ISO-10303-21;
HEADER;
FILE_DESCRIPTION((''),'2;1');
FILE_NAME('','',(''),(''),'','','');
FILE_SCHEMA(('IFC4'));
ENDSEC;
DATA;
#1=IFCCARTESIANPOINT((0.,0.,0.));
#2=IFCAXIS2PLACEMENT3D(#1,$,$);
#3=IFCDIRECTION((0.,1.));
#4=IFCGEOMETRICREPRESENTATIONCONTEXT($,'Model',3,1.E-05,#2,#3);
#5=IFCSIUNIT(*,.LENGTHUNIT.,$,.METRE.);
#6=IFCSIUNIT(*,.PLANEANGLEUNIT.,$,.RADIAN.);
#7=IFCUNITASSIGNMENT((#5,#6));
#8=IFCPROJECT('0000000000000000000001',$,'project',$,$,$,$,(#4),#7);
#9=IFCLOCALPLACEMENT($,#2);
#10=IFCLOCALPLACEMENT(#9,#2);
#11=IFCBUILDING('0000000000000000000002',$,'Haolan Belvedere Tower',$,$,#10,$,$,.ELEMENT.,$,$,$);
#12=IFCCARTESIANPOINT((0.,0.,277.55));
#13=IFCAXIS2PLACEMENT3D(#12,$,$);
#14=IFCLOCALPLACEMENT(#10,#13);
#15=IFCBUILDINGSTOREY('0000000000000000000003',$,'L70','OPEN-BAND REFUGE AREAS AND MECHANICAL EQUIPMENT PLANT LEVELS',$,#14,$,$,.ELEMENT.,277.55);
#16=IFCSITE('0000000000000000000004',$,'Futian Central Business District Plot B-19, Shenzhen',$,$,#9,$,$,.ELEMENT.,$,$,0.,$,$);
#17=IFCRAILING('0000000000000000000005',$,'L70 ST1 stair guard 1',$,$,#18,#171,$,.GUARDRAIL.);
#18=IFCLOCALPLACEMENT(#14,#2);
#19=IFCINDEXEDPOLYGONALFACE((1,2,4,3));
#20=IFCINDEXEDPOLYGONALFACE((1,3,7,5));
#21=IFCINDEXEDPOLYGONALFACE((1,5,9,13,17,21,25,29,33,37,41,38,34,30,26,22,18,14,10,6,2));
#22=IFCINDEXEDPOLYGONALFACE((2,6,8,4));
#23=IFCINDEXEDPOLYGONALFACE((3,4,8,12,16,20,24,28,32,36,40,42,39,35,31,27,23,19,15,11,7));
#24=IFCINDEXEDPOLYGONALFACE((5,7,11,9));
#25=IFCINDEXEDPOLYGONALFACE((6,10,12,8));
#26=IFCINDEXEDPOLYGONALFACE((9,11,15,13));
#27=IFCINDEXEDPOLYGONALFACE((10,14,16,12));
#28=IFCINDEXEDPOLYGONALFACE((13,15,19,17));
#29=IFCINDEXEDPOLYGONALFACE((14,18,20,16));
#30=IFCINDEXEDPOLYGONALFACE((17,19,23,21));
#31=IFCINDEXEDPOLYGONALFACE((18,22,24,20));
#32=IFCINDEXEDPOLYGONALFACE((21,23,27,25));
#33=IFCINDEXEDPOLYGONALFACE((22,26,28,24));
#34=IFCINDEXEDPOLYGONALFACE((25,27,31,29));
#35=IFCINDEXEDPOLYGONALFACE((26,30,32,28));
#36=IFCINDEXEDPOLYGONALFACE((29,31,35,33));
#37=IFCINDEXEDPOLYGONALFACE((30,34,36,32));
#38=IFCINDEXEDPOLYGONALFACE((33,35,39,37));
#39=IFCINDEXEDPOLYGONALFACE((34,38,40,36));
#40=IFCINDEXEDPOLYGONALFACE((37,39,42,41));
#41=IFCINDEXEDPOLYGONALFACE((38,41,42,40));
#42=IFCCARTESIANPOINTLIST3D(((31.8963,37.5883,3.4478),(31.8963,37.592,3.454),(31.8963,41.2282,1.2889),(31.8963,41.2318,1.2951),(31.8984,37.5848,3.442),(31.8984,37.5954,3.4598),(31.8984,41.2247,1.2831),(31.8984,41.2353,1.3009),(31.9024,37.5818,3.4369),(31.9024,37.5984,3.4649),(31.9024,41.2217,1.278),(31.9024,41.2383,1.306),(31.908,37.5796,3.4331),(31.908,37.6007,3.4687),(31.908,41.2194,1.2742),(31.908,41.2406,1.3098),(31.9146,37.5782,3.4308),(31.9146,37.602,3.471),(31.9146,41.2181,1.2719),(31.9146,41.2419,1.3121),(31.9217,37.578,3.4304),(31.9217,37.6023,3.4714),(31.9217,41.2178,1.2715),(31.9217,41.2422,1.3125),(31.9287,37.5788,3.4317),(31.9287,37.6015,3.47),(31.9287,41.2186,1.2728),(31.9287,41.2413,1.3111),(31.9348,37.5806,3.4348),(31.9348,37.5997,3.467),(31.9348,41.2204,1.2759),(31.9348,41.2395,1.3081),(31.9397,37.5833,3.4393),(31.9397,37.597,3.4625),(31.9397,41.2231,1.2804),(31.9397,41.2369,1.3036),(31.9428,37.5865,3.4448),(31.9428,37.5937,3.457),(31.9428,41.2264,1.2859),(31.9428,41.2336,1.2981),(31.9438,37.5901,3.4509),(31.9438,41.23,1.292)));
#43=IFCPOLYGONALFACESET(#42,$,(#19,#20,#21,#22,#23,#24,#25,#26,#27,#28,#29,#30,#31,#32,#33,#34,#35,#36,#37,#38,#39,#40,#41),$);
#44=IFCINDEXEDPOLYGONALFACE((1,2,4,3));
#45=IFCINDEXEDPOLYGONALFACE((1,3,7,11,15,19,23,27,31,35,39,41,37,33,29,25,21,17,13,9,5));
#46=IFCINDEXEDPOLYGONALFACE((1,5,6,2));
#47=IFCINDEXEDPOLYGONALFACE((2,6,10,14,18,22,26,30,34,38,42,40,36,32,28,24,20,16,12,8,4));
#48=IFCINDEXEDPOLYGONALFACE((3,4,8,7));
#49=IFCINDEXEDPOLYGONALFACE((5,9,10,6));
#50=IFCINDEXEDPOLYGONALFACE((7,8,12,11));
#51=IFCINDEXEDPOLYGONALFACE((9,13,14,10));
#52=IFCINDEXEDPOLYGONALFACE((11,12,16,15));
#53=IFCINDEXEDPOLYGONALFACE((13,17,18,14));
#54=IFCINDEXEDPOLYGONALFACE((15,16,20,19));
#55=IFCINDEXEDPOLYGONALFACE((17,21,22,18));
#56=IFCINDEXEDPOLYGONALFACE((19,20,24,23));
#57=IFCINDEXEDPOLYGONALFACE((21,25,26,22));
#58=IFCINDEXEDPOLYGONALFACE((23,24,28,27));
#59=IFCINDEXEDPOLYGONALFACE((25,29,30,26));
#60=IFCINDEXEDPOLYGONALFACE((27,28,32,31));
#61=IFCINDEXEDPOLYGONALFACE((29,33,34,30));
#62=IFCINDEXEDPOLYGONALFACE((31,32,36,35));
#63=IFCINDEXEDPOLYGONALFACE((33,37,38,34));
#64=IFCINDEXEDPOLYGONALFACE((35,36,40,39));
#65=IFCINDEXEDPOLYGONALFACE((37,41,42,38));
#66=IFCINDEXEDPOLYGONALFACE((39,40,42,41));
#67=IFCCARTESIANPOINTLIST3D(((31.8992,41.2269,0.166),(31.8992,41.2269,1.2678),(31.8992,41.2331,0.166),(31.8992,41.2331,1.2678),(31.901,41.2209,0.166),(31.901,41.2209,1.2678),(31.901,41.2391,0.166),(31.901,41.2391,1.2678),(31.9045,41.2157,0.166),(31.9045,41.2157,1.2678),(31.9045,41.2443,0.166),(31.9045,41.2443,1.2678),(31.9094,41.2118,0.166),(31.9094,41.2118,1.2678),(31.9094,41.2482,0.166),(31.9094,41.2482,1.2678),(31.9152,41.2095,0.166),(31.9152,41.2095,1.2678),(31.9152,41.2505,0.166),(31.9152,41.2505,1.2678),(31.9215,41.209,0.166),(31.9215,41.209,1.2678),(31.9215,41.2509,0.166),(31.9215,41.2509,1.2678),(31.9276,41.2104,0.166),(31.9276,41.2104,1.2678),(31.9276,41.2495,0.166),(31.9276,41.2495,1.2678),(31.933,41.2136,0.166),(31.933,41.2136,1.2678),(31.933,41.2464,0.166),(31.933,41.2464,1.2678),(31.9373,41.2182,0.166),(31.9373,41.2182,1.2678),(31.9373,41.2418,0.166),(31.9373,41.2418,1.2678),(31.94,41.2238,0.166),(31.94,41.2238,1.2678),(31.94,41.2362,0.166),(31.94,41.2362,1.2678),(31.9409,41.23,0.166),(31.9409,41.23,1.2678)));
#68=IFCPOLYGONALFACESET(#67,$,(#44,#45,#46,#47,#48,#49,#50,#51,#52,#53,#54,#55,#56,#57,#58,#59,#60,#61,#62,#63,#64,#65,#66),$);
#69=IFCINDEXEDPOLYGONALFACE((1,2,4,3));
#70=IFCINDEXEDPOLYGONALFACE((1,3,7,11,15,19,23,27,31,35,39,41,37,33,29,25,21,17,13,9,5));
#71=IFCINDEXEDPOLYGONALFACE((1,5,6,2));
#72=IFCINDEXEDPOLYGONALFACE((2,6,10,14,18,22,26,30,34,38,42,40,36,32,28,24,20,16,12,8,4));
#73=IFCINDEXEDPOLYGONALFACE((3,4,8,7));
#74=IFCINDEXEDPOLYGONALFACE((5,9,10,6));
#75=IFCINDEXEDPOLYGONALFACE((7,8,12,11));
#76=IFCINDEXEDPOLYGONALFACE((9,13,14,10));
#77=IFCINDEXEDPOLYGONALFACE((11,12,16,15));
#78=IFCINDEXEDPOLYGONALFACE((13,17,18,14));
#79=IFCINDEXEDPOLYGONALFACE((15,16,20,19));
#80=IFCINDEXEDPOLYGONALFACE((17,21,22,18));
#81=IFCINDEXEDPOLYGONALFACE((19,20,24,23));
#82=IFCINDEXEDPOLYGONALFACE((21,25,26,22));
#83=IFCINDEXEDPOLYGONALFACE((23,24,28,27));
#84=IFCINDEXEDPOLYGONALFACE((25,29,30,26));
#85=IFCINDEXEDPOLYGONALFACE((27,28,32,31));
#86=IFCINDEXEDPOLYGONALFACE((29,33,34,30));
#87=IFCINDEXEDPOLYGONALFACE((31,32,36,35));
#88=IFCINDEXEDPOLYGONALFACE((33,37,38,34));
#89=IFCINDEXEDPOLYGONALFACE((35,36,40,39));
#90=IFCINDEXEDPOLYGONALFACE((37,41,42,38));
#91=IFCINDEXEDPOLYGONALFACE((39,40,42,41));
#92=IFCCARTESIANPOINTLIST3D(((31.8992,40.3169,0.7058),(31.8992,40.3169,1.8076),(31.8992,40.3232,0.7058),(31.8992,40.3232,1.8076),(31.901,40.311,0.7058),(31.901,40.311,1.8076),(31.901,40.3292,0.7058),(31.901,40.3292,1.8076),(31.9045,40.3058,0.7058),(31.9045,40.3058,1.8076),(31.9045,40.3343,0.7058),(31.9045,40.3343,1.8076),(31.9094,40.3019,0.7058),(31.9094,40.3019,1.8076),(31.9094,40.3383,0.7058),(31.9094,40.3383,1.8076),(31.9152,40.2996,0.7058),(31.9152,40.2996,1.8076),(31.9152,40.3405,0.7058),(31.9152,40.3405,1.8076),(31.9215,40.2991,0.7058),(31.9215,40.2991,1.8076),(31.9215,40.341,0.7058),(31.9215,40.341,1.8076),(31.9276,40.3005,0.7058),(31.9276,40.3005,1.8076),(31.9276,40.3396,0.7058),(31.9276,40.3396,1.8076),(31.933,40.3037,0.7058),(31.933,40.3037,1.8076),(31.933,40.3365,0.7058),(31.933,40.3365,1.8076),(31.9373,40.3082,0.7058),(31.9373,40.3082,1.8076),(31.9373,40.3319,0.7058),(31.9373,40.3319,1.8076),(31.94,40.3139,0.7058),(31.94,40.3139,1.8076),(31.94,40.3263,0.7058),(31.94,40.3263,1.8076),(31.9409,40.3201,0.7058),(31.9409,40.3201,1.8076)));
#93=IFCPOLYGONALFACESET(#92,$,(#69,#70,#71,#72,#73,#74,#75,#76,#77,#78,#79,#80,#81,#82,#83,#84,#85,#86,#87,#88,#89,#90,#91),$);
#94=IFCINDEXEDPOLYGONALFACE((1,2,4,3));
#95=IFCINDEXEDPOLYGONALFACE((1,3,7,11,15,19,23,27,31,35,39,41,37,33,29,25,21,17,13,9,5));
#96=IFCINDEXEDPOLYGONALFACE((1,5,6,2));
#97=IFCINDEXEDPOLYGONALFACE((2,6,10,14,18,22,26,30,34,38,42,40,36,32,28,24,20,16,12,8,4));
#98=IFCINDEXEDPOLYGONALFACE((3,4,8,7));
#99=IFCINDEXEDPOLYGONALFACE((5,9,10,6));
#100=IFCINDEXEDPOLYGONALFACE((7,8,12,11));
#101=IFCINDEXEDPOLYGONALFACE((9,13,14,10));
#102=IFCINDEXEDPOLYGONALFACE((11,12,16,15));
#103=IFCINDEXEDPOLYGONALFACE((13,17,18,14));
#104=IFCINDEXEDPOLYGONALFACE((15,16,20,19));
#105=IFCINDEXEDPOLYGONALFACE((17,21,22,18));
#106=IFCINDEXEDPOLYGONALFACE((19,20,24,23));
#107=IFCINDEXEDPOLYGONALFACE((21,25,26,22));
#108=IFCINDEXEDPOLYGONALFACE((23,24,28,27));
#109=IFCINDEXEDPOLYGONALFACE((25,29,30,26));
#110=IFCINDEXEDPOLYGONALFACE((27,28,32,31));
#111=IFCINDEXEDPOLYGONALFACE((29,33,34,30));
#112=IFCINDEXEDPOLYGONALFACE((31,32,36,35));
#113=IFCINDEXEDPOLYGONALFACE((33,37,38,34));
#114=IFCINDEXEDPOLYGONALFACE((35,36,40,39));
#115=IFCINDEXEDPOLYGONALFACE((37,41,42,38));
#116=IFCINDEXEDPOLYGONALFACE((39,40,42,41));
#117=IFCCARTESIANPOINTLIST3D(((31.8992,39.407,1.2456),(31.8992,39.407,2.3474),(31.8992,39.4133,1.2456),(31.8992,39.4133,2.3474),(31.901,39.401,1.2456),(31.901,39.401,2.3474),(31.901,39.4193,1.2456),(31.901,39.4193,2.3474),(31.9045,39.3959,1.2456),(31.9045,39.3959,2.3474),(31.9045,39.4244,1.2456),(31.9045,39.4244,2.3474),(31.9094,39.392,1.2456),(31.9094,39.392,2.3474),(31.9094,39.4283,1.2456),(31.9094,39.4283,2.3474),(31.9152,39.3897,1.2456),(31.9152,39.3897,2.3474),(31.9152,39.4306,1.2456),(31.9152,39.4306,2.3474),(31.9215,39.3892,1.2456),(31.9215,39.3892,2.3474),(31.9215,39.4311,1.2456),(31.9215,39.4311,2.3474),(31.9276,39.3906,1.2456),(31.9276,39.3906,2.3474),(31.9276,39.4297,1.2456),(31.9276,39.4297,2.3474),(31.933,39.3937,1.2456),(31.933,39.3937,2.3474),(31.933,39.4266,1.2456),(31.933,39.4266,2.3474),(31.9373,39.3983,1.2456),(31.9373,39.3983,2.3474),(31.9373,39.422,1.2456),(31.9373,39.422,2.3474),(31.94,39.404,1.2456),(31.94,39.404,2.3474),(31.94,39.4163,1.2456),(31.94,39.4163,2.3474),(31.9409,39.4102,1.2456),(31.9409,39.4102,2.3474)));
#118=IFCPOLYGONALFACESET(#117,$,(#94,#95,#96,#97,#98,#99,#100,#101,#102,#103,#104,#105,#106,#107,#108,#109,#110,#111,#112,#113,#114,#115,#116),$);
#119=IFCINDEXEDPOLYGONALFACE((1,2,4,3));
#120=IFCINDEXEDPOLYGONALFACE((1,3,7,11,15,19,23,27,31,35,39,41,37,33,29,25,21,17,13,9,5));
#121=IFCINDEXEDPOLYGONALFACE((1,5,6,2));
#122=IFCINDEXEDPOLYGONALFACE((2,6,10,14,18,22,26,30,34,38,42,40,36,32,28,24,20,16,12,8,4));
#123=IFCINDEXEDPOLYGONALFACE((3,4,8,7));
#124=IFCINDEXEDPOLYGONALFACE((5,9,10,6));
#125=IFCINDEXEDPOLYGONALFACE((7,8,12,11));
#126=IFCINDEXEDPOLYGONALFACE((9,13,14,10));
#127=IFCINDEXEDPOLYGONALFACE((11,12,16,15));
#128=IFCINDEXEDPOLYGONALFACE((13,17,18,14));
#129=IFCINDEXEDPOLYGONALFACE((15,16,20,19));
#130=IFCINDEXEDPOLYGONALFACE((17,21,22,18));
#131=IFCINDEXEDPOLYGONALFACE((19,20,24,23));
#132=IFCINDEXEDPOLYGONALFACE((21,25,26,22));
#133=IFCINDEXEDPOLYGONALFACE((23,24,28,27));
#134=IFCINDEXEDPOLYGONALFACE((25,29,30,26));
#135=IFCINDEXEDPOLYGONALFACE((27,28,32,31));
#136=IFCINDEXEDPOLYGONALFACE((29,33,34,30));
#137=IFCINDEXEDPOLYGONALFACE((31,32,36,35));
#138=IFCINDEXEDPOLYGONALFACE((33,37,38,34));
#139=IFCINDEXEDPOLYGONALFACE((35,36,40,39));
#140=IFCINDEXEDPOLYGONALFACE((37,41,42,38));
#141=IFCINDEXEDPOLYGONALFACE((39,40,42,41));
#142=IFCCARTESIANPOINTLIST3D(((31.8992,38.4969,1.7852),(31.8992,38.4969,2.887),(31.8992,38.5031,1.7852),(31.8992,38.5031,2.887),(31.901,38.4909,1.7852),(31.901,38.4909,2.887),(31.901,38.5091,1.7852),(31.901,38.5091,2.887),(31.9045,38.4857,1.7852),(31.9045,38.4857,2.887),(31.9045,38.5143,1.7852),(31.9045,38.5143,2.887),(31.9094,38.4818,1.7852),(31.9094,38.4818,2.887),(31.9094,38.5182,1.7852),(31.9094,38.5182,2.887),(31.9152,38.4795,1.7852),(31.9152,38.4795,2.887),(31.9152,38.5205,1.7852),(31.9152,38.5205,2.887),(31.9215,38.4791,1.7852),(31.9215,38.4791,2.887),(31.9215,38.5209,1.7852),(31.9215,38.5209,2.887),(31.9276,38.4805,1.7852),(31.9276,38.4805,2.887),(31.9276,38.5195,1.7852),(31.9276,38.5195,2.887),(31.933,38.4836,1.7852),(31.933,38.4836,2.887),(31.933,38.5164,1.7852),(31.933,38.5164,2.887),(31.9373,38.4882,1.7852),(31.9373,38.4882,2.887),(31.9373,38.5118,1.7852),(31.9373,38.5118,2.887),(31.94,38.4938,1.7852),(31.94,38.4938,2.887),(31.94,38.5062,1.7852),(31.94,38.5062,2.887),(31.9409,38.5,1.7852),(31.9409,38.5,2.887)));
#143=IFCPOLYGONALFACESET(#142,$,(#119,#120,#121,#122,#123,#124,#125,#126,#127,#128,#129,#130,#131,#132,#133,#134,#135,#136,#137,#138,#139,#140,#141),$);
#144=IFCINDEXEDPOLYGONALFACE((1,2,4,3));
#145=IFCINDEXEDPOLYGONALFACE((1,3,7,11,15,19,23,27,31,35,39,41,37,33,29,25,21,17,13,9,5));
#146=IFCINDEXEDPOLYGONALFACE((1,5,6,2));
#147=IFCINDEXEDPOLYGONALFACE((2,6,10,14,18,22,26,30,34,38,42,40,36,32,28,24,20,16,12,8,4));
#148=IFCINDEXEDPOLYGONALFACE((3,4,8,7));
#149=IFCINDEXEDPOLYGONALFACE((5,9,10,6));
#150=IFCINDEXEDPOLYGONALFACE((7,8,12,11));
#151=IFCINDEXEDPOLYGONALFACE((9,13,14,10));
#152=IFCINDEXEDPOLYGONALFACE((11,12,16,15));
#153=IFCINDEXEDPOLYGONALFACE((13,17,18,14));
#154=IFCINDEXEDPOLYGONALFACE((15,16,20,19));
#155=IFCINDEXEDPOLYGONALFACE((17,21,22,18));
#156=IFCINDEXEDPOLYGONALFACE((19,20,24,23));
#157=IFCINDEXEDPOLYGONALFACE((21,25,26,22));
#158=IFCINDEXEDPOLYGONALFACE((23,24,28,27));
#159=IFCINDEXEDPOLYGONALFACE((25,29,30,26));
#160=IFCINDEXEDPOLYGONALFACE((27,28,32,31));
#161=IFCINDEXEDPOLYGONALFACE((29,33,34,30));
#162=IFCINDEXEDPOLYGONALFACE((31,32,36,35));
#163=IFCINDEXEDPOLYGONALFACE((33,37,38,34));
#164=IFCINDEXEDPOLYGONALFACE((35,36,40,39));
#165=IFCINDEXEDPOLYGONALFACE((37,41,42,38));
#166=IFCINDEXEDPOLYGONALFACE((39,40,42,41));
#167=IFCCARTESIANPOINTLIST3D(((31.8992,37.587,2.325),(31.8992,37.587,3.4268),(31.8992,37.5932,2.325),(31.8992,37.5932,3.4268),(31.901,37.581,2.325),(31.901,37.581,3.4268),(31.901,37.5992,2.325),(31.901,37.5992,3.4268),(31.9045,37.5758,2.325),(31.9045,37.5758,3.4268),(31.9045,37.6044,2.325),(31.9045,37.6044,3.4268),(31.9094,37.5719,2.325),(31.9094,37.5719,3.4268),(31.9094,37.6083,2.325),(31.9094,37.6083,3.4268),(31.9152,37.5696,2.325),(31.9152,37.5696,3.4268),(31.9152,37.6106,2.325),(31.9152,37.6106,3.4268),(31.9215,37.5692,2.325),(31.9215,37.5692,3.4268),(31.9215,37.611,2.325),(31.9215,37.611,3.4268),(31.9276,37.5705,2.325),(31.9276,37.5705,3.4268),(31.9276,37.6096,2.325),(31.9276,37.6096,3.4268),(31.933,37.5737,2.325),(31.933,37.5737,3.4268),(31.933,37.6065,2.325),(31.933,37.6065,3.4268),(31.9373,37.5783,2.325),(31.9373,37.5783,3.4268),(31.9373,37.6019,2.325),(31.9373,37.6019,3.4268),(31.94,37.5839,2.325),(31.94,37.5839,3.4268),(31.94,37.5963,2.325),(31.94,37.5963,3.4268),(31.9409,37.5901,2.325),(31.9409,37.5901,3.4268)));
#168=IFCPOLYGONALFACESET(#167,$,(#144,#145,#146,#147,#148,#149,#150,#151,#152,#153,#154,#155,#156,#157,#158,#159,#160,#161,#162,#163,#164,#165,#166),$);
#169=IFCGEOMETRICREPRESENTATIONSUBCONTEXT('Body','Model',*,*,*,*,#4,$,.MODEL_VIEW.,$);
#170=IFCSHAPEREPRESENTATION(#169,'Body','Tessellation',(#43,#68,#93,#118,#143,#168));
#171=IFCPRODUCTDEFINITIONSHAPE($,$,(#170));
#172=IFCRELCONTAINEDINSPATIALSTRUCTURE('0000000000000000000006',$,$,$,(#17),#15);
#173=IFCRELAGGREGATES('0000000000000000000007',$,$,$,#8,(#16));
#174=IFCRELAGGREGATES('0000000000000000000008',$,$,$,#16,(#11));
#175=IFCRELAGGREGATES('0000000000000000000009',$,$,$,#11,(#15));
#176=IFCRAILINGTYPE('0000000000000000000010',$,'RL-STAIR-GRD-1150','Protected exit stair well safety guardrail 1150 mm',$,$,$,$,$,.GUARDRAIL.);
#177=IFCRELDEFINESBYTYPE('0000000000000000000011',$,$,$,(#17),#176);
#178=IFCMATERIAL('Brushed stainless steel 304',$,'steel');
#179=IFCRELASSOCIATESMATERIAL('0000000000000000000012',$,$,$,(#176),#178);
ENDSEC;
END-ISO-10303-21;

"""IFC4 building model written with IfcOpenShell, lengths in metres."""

from ifc_helpers import new_model, si_unit, direction, frame, origin, origin_2d, place, context, subcontext, project, spatial, circle, extrude, material, type_object, element, save


model = new_model("IFC4")

# Units and contexts
model_context = context("Model", 3, precision=1e-05, world=origin(), true_north=direction((0.0, 1.0)))
body_context = subcontext(model_context, "Body", "Model", "MODEL_VIEW")
ifc_project = project(units=[si_unit("LENGTHUNIT", "METRE"), si_unit("PLANEANGLEUNIT", "RADIAN")], contexts=[model_context])

# Site, building, storey
site_placement = place(None, origin())
site = spatial("IfcSite", under=ifc_project, at=site_placement, Name="Futian Central Business District Plot B-19, Shenzhen", CompositionType="ELEMENT", RefElevation=0.0)
building_placement = place(site_placement, origin())
building = spatial("IfcBuilding", under=site, at=building_placement, Name="Haolan Belvedere Tower", CompositionType="ELEMENT")
storey_placement = place(building_placement, frame((0.0, 0.0, 277.55)))
storey = spatial("IfcBuildingStorey", under=building, at=storey_placement, Name="L70", Description="OPEN-BAND REFUGE AREAS AND MECHANICAL EQUIPMENT PLANT LEVELS", CompositionType="ELEMENT", Elevation=277.55)

# Railing
ifc_material_1 = material(Name="Brushed stainless steel 304", Category="steel")
railing_type = type_object("IfcRailingType", Name="RL-STAIR-GRD-1150", Description="Protected exit stair well safety guardrail 1150 mm", PredefinedType="GUARDRAIL", material=ifc_material_1)
railing_1_placement = place(storey_placement, frame((31.9199, 41.23, 0.166)))
element("IfcRailing", 1, at=railing_1_placement, inside=storey, type_object=railing_type, Name="L70 ST1 stair guard 1", PredefinedType="GUARDRAIL", context=body_context, shape_type="SweptSolid", body=[
    extrude(circle(Radius=0.0239, at=origin_2d()), frame((0.0, 0.0, 1.126), z_axis=(0.0, -0.860088, 0.510145), x_axis=(1.0, 0.0, 0.0)), (0.0, 0.0, 1.0), 4.2319),
    extrude(circle(Radius=0.021, at=origin_2d()), origin(), (0.0, 0.0, 1.0), 1.1018),
    extrude(circle(Radius=0.021, at=origin_2d()), frame((0.0, -0.9099, 0.5398)), (0.0, 0.0, 1.0), 1.1018),
    extrude(circle(Radius=0.021, at=origin_2d()), frame((0.0, -1.8198, 1.0796)), (0.0, 0.0, 1.0), 1.1018),
    extrude(circle(Radius=0.021, at=origin_2d()), frame((0.0, -2.73, 1.6191)), (0.0, 0.0, 1.0), 1.1018),
    extrude(circle(Radius=0.021, at=origin_2d()), frame((0.0, -3.6399, 2.1589)), (0.0, 0.0, 1.0), 1.1018),
])

save(model, "model.ifc")
